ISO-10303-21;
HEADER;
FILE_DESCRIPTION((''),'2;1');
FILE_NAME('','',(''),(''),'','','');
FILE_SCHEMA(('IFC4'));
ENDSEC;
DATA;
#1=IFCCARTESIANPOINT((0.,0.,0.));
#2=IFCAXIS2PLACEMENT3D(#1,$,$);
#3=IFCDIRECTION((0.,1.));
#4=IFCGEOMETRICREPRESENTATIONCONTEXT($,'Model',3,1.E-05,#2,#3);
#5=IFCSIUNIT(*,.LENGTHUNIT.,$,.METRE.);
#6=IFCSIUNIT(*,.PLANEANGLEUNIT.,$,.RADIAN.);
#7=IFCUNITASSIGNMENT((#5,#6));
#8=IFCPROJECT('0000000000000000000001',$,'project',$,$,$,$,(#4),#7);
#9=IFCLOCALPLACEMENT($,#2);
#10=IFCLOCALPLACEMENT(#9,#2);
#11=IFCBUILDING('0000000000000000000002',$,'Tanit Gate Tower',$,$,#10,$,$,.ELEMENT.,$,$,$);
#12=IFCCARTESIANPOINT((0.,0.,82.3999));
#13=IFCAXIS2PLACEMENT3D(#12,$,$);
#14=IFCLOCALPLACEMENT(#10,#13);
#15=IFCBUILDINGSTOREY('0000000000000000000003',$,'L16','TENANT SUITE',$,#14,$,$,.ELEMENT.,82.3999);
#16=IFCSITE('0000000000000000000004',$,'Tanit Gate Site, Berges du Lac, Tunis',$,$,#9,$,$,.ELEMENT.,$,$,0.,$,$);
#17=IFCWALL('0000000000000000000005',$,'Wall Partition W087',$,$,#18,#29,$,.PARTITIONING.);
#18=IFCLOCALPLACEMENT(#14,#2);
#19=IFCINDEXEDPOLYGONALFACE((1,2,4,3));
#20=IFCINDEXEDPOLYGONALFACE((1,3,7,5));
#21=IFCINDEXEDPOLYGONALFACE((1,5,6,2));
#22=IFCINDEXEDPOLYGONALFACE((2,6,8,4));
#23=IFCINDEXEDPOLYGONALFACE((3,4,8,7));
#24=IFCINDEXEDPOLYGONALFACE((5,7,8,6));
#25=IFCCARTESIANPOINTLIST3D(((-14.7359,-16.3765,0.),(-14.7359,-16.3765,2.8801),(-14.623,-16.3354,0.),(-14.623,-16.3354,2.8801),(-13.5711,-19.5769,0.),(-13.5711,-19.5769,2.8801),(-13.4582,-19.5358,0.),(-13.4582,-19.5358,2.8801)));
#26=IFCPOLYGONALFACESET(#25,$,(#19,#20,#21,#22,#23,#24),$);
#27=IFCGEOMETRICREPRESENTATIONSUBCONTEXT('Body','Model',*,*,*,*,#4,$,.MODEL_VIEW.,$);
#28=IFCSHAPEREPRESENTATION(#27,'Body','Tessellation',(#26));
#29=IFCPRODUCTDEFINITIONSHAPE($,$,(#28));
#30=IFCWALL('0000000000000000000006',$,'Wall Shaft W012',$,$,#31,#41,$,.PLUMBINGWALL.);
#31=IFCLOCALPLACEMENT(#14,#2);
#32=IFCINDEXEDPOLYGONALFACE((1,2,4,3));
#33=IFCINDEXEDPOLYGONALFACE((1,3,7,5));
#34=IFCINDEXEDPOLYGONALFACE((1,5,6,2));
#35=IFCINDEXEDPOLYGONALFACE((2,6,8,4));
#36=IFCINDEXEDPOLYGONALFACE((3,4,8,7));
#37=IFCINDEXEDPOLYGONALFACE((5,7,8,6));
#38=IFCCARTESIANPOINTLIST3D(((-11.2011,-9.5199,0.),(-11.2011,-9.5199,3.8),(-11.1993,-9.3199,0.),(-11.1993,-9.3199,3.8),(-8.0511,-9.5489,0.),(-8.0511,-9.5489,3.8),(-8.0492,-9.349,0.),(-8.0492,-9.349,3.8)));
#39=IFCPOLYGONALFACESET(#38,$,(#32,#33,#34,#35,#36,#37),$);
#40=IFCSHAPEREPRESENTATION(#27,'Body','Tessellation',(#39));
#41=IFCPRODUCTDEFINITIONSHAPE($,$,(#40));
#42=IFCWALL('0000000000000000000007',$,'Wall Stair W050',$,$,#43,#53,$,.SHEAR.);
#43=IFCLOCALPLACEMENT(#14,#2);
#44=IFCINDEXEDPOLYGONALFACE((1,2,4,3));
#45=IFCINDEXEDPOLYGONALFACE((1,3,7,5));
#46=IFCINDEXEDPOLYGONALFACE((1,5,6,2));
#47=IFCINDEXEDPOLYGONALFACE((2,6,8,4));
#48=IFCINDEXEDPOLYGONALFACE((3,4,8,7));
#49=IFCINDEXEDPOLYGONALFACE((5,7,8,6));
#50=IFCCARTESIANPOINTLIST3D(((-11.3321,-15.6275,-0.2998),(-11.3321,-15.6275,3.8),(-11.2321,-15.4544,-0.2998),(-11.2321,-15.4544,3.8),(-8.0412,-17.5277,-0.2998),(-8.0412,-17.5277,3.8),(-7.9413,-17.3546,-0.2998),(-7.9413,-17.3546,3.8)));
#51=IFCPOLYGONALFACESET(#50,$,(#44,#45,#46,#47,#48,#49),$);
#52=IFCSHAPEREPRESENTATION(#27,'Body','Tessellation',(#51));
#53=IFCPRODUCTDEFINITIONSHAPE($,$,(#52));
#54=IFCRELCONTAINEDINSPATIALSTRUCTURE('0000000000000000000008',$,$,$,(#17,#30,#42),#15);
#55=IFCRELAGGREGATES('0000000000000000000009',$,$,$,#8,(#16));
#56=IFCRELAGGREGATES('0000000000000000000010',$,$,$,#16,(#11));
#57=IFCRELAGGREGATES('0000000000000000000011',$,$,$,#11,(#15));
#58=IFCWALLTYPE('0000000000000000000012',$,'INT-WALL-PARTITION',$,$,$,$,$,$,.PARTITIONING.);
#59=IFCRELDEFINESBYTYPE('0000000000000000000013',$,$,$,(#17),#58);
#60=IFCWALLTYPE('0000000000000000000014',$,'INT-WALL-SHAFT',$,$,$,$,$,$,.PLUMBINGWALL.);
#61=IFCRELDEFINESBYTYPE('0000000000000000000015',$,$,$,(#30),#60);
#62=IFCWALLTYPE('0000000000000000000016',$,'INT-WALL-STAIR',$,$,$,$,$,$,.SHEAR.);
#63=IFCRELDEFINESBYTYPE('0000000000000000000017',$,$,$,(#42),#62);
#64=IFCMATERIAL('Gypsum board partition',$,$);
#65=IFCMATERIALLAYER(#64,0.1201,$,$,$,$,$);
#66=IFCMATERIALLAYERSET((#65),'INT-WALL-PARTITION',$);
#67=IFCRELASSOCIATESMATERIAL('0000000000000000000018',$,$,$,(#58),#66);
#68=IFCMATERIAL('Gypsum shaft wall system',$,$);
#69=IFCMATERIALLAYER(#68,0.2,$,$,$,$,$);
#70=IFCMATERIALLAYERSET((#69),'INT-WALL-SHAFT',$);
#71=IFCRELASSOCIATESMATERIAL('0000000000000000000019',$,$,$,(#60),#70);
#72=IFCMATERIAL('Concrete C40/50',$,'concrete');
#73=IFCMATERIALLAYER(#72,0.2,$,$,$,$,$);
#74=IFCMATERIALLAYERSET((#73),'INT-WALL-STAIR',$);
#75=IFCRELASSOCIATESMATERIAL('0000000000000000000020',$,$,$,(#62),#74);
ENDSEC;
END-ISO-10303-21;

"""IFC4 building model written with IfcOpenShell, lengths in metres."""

from ifc_helpers import new_model, si_unit, direction, frame, frame_2d, origin, place, context, subcontext, project, spatial, rectangle, extrude, material, layer, layer_set, type_object, element, save


model = new_model("IFC4")

# Units and contexts
model_context = context("Model", 3, precision=1e-05, world=origin(), true_north=direction((0.0, 1.0)))
body_context = subcontext(model_context, "Body", "Model", "MODEL_VIEW")
ifc_project = project(units=[si_unit("LENGTHUNIT", "METRE"), si_unit("PLANEANGLEUNIT", "RADIAN")], contexts=[model_context])

# Site, building, storey
site_placement = place(None, origin())
site = spatial("IfcSite", under=ifc_project, at=site_placement, Name="Tanit Gate Site, Berges du Lac, Tunis", CompositionType="ELEMENT", RefElevation=0.0)
building_placement = place(site_placement, origin())
building = spatial("IfcBuilding", under=site, at=building_placement, Name="Tanit Gate Tower", CompositionType="ELEMENT")
storey_placement = place(building_placement, frame((0.0, 0.0, 82.3999)))
storey = spatial("IfcBuildingStorey", under=building, at=storey_placement, Name="L16", Description="TENANT SUITE", CompositionType="ELEMENT", Elevation=82.3999)

# Shared definitions
ifc_material_1 = material(Name="Gypsum board partition")
ifc_layer_1 = layer(ifc_material_1, 0.1201)
ifc_layer_set_1 = layer_set([ifc_layer_1], Name="INT-WALL-PARTITION")
wall_type_1 = type_object("IfcWallType", Name="INT-WALL-PARTITION", PredefinedType="PARTITIONING", material=ifc_layer_set_1)

# Walls
wall_1_placement = place(storey_placement, frame((-14.6794, -16.356, 0.0), z_axis=(0.0, 0.0, 1.0), x_axis=(0.342002, -0.939699, 0.0)))
element("IfcWall", 1, at=wall_1_placement, inside=storey, type_object=wall_type_1, Name="Wall Partition W087", PredefinedType="PARTITIONING", context=body_context, shape_type="SweptSolid", body=[
    extrude(rectangle(XDim=3.4058, YDim=0.1201, at=frame_2d((1.7029, 0.0))), origin(), (0.0, 0.0, 1.0), 2.8801),
])
ifc_material_2 = material(Name="Gypsum shaft wall system")
ifc_layer_2 = layer(ifc_material_2, 0.2)
ifc_layer_set_2 = layer_set([ifc_layer_2], Name="INT-WALL-SHAFT")
wall_type_2 = type_object("IfcWallType", Name="INT-WALL-SHAFT", PredefinedType="PLUMBINGWALL", material=ifc_layer_set_2)
wall_2_placement = place(storey_placement, frame((-8.05, -9.449, 0.0), z_axis=(0.0, 0.0, 1.0), x_axis=(-0.999957, 0.009223, 0.0)))
element("IfcWall", 2, at=wall_2_placement, inside=storey, type_object=wall_type_2, Name="Wall Shaft W012", PredefinedType="PLUMBINGWALL", context=body_context, shape_type="SweptSolid", body=[
    extrude(rectangle(XDim=3.1501, YDim=0.2, at=frame_2d((1.5752, 0.0))), origin(), (0.0, 0.0, 1.0), 3.8),
])
ifc_material_3 = material(Name="Concrete C40/50", Category="concrete")
ifc_layer_3 = layer(ifc_material_3, 0.2)
ifc_layer_set_3 = layer_set([ifc_layer_3], Name="INT-WALL-STAIR")
wall_type_3 = type_object("IfcWallType", Name="INT-WALL-STAIR", PredefinedType="SHEAR", material=ifc_layer_set_3)
wall_3_placement = place(storey_placement, frame((-11.282, -15.541, -0.2998), z_axis=(0.0, 0.0, 1.0), x_axis=(0.866, -0.500043, 0.0)))
element("IfcWall", 3, at=wall_3_placement, inside=storey, type_object=wall_type_3, Name="Wall Stair W050", PredefinedType="SHEAR", context=body_context, shape_type="SweptSolid", body=[
    extrude(rectangle(XDim=3.8, YDim=0.2, at=frame_2d((1.8999, 0.0))), origin(), (0.0, 0.0, 1.0), 4.0999),
])

save(model, "model.ifc")
